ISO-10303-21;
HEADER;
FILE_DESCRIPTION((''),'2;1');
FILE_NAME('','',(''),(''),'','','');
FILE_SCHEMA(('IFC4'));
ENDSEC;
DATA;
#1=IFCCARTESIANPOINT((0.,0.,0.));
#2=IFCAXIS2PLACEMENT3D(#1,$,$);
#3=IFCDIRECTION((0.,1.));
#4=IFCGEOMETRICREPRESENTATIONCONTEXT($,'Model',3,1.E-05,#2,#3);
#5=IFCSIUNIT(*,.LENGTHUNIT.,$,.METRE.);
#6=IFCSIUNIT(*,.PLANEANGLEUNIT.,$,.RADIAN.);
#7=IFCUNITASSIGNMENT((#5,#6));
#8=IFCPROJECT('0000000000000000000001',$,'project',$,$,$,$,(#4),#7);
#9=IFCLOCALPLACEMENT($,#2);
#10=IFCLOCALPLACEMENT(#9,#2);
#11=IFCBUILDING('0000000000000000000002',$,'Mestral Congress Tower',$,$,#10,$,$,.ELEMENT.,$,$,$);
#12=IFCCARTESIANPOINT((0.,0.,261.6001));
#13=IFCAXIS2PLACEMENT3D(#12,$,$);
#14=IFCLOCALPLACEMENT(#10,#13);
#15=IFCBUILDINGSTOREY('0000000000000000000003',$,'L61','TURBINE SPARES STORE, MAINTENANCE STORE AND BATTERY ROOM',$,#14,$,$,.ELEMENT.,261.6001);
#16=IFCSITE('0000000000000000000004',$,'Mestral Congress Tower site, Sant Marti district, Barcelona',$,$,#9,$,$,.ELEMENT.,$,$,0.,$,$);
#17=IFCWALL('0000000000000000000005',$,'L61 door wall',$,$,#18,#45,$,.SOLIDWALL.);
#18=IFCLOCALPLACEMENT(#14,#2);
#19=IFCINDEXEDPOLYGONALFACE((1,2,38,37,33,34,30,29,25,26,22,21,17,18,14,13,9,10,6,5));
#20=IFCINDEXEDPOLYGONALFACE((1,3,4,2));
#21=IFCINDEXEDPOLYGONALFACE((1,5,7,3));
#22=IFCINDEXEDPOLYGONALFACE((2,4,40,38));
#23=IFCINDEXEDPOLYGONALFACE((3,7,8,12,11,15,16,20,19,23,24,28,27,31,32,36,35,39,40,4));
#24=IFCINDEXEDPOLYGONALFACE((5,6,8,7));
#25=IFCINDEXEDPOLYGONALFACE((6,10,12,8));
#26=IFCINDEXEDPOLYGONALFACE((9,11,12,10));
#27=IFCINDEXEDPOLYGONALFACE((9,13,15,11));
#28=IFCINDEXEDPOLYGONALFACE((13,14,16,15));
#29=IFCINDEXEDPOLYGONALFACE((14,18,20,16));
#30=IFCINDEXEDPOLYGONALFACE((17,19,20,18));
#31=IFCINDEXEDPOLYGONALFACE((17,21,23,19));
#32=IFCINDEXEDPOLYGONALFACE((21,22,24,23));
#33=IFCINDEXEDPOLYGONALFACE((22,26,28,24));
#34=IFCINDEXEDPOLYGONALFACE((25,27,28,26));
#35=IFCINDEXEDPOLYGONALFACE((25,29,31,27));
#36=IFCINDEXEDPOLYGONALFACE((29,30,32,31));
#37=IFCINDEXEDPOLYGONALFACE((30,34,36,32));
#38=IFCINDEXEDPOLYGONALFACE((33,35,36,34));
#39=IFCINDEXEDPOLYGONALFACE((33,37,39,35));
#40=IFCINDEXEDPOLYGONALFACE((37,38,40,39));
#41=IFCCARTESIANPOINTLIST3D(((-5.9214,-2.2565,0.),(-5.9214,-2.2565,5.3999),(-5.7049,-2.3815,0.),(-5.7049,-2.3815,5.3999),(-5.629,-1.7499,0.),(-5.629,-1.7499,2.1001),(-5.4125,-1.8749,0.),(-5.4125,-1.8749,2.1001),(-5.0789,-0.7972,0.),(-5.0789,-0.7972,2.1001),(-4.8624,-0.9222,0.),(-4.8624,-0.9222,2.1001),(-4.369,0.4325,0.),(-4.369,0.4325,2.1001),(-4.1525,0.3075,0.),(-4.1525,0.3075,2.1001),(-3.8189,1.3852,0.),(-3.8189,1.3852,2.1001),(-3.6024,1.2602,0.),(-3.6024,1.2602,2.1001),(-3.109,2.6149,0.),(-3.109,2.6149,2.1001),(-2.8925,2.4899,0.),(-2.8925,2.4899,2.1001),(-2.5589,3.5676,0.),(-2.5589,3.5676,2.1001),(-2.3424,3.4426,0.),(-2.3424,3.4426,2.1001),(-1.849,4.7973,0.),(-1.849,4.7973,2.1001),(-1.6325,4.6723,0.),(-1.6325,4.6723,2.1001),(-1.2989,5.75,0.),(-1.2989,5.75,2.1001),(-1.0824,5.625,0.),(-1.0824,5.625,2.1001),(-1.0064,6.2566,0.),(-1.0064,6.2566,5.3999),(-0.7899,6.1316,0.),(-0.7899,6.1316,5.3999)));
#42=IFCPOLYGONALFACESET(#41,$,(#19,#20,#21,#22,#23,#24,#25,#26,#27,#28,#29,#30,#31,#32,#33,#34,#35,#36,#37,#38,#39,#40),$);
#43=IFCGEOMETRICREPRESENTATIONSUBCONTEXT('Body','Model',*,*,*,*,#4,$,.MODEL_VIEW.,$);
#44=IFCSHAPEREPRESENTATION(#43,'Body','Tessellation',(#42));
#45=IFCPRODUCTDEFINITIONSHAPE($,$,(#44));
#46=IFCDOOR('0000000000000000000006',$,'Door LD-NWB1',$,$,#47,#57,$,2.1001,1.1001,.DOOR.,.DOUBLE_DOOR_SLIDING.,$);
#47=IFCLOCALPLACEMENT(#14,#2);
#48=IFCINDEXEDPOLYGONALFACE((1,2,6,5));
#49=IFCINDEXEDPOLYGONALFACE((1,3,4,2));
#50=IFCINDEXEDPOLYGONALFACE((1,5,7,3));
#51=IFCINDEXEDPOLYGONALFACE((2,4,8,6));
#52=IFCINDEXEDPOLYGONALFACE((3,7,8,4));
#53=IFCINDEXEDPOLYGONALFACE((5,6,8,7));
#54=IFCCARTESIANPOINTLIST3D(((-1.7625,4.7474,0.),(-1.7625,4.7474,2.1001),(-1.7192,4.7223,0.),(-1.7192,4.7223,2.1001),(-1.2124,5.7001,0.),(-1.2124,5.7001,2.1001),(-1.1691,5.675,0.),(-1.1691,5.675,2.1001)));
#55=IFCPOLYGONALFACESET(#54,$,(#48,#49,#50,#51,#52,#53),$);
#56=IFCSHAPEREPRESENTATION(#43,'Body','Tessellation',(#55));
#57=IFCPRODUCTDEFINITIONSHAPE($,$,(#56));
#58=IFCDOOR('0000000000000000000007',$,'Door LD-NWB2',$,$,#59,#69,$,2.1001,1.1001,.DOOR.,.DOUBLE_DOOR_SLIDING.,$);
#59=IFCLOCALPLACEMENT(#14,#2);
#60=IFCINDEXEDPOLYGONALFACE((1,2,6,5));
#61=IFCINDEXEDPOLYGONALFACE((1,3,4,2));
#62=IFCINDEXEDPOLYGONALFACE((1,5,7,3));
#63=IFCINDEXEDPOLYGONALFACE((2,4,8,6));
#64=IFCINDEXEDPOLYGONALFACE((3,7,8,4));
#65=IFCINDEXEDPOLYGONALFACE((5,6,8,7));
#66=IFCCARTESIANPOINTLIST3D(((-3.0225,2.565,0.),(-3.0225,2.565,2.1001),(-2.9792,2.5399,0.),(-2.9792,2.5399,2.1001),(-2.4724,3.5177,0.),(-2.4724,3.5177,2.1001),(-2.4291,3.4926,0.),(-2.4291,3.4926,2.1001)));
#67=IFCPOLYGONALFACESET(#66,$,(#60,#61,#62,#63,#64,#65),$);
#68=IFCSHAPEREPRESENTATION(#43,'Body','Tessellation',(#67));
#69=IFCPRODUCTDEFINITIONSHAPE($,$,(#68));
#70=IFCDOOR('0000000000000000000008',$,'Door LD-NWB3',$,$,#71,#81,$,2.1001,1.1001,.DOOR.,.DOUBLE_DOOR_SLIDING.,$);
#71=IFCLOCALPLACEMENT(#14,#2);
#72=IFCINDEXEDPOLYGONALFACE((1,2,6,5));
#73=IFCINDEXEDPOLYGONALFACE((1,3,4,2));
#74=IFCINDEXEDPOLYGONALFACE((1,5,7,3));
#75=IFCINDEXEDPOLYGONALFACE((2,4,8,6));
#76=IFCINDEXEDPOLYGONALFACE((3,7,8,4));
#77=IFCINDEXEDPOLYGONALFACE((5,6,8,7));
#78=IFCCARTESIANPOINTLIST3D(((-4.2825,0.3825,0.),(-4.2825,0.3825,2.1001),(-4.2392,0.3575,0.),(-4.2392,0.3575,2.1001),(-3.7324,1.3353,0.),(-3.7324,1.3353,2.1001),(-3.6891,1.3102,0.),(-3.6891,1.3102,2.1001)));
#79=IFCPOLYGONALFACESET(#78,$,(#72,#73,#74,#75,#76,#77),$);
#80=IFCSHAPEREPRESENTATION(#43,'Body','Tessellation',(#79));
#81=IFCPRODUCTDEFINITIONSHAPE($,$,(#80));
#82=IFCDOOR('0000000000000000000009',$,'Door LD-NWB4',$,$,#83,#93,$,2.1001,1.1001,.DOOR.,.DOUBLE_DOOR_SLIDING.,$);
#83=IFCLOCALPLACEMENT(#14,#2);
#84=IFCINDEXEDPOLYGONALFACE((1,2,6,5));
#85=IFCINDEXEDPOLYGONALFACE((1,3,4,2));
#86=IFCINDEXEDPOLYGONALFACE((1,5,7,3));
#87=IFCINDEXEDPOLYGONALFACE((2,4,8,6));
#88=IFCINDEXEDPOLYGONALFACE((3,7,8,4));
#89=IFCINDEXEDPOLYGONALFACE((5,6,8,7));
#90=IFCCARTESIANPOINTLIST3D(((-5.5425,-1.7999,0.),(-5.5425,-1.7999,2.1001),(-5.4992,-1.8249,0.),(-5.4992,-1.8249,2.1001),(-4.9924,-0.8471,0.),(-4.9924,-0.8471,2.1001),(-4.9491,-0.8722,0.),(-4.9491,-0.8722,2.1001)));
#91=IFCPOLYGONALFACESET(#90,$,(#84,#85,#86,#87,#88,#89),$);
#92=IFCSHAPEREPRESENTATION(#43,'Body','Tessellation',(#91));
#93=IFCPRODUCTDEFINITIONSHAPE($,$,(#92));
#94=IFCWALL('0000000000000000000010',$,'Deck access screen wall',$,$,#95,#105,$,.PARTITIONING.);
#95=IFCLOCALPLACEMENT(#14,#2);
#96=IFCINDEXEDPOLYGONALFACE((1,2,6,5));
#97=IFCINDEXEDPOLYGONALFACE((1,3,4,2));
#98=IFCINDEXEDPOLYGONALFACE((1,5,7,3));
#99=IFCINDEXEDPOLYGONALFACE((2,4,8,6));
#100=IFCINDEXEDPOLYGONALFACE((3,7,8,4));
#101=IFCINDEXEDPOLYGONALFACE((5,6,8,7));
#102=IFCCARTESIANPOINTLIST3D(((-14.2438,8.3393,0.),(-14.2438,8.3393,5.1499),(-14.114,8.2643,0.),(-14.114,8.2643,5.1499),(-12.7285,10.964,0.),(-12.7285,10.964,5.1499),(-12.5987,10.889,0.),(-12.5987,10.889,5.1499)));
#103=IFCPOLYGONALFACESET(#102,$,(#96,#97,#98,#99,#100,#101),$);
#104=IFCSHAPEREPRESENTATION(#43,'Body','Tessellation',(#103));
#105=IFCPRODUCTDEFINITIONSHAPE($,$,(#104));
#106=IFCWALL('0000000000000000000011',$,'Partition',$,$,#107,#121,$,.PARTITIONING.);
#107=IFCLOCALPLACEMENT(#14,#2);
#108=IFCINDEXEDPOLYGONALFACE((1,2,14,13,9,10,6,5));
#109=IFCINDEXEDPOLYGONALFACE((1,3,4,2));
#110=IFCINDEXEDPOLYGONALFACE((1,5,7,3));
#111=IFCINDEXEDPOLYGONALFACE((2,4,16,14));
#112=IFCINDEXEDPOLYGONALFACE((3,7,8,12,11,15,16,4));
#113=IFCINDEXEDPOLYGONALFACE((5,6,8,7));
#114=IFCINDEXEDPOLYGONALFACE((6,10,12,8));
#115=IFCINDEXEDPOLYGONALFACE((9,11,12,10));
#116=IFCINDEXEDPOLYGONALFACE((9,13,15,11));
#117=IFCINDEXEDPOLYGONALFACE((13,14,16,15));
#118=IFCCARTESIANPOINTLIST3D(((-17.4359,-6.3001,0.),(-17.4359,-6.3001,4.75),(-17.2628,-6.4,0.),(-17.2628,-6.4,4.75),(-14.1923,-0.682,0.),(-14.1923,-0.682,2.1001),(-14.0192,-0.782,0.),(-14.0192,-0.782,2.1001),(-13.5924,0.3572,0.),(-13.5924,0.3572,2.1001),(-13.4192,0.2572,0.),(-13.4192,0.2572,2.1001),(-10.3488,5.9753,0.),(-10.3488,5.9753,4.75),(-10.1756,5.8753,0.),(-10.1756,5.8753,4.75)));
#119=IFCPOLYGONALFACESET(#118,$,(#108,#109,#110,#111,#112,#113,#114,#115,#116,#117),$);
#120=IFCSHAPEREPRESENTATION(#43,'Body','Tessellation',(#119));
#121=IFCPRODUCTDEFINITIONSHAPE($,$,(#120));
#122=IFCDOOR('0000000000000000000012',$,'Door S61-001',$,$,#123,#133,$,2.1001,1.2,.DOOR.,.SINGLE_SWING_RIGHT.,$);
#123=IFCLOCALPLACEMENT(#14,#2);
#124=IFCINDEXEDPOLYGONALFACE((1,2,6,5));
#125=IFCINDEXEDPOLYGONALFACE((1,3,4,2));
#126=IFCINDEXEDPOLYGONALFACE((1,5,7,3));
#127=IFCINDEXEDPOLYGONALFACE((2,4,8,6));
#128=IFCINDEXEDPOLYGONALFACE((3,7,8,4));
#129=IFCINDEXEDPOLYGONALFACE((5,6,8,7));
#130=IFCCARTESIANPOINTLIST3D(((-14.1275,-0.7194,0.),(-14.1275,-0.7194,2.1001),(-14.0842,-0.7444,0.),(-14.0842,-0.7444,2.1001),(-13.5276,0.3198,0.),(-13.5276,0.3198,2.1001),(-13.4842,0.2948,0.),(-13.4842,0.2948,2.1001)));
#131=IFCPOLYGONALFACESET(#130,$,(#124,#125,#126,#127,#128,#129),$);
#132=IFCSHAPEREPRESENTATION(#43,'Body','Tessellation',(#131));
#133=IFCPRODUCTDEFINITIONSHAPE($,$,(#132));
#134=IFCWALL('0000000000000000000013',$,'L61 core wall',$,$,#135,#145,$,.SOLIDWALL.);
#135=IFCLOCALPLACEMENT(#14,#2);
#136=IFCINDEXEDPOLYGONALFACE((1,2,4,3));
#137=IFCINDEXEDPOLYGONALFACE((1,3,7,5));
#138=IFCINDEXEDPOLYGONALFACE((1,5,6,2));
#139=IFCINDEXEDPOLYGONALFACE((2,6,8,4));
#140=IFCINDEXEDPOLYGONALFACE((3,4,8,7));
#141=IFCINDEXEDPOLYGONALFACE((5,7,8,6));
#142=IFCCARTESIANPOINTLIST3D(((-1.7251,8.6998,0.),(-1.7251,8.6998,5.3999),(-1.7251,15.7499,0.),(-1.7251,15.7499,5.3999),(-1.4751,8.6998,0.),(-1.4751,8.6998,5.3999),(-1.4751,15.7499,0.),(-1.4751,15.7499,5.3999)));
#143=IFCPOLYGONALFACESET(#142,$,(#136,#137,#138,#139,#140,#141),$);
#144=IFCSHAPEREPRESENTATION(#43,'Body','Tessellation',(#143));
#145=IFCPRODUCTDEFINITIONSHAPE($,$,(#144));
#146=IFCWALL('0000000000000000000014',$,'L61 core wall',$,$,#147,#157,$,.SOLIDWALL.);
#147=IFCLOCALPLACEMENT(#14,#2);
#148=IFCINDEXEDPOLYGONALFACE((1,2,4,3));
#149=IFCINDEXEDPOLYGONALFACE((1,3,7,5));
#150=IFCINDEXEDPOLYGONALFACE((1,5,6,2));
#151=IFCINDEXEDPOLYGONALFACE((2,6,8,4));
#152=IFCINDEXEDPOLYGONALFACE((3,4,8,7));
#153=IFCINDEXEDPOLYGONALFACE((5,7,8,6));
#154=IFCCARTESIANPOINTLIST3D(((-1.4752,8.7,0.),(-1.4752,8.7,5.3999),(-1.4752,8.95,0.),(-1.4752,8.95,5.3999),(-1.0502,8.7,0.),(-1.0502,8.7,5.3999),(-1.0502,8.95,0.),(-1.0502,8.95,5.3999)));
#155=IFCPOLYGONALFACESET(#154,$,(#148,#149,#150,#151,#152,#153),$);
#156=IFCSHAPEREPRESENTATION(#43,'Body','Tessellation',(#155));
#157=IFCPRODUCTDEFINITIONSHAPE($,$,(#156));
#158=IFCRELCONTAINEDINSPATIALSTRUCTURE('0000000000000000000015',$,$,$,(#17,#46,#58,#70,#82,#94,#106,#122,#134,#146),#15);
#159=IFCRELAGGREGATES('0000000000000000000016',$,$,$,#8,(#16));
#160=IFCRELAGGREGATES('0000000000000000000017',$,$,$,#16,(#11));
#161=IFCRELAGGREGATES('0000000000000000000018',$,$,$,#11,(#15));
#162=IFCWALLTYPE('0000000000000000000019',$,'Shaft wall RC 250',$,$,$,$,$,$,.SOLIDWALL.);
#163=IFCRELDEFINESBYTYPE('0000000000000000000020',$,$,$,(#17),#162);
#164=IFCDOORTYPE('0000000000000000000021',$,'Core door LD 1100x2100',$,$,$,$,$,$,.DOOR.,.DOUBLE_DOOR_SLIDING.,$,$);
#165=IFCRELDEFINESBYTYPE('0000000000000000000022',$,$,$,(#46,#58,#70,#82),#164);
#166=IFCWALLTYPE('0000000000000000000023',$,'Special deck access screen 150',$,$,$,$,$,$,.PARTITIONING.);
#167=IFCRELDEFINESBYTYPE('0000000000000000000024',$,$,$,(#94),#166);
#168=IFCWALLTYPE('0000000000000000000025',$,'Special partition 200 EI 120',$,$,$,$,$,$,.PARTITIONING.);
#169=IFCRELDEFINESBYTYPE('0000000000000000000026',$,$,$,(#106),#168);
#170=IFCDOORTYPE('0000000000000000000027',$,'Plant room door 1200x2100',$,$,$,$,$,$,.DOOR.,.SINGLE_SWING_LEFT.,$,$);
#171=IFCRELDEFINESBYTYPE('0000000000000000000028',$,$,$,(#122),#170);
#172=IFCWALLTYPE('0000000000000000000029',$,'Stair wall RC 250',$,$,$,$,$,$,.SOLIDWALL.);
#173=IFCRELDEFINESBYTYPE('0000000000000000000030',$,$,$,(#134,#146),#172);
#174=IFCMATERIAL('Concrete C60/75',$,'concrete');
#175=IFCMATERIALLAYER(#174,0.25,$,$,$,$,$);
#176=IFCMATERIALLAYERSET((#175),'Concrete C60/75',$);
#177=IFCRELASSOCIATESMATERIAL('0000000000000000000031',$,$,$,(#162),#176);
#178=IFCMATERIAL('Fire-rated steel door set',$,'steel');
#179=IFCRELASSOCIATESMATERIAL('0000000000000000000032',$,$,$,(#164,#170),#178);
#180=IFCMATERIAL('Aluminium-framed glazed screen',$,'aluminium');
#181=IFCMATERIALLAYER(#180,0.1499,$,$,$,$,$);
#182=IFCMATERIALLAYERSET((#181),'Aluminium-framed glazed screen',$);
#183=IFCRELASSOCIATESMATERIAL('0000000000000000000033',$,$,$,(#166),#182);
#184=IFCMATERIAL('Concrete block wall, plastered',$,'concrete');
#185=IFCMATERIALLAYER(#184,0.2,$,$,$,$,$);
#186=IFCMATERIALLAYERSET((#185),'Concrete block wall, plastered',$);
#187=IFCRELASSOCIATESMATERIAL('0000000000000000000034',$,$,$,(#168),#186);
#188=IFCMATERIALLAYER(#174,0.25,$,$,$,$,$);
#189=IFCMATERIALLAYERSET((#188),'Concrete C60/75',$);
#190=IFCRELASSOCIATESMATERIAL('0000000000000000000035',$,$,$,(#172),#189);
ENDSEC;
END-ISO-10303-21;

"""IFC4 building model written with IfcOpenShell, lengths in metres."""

from ifc_helpers import new_model, si_unit, direction, frame, frame_2d, origin, place, context, subcontext, project, spatial, rectangle, extrude, material, layer, layer_set, type_object, element, fill, save


model = new_model("IFC4")

# Units and contexts
model_context = context("Model", 3, precision=1e-05, world=origin(), true_north=direction((0.0, 1.0)))
body_context = subcontext(model_context, "Body", "Model", "MODEL_VIEW")
ifc_project = project(units=[si_unit("LENGTHUNIT", "METRE"), si_unit("PLANEANGLEUNIT", "RADIAN")], contexts=[model_context])

# Site, building, storey
site_placement = place(None, origin())
site = spatial("IfcSite", under=ifc_project, at=site_placement, Name="Mestral Congress Tower site, Sant Marti district, Barcelona", CompositionType="ELEMENT", RefElevation=0.0)
building_placement = place(site_placement, origin())
building = spatial("IfcBuilding", under=site, at=building_placement, Name="Mestral Congress Tower", CompositionType="ELEMENT")
storey_placement = place(building_placement, frame((0.0, 0.0, 261.6001)))
storey = spatial("IfcBuildingStorey", under=building, at=storey_placement, Name="L61", Description="TURBINE SPARES STORE, MAINTENANCE STORE AND BATTERY ROOM", CompositionType="ELEMENT", Elevation=261.6001)

# Shared definitions
ifc_material_1 = material(Name="Fire-rated steel door set", Category="steel")

# Shared definitions
ifc_material_2 = material(Name="Concrete C60/75", Category="concrete")
ifc_layer_1 = layer(ifc_material_2, 0.25)
ifc_layer_set_1 = layer_set([ifc_layer_1], Name="Concrete C60/75")
wall_type_1 = type_object("IfcWallType", Name="Shaft wall RC 250", PredefinedType="SOLIDWALL", material=ifc_layer_set_1)

# Wall, openings, doors
wall_1_placement = place(storey_placement, frame((-0.8982, 6.1941, 0.0), z_axis=(0.0, 0.0, 1.0), x_axis=(-0.499996, -0.866028, 0.0)))
wall_1 = element("IfcWall", 1, at=wall_1_placement, inside=storey, type_object=wall_type_1, Name="L61 door wall", PredefinedType="SOLIDWALL", context=body_context, shape_type="SweptSolid", body=[
    extrude(rectangle(XDim=9.8301, YDim=0.25, at=frame_2d((4.915, 0.0))), origin(), (0.0, 0.0, 1.0), 5.3999),
])
opening_1_placement = place(wall_1_placement, frame((0.585, 0.0, 0.0)))
opening_1 = element("IfcOpeningElement", 2, at=opening_1_placement, cuts=wall_1, PredefinedType="OPENING", context=body_context, shape_type="SweptSolid", body=[
    extrude(rectangle(XDim=1.1001, YDim=2.1001, at=frame_2d((0.55, 1.05))), frame((0.0, 0.135, 0.0), z_axis=(0.0, -1.0, 0.0), x_axis=(1.0, 0.0, 0.0)), (0.0, 0.0, 1.0), 0.27),
])
opening_2_placement = place(wall_1_placement, frame((3.105, 0.0, 0.0)))
opening_2 = element("IfcOpeningElement", 3, at=opening_2_placement, cuts=wall_1, PredefinedType="OPENING", context=body_context, shape_type="SweptSolid", body=[
    extrude(rectangle(XDim=1.1001, YDim=2.1001, at=frame_2d((0.55, 1.05))), frame((0.0, 0.135, 0.0), z_axis=(0.0, -1.0, 0.0), x_axis=(1.0, 0.0, 0.0)), (0.0, 0.0, 1.0), 0.27),
])
opening_3_placement = place(wall_1_placement, frame((5.625, 0.0, 0.0)))
opening_3 = element("IfcOpeningElement", 4, at=opening_3_placement, cuts=wall_1, PredefinedType="OPENING", context=body_context, shape_type="SweptSolid", body=[
    extrude(rectangle(XDim=1.1001, YDim=2.1001, at=frame_2d((0.55, 1.05))), frame((0.0, 0.135, 0.0), z_axis=(0.0, -1.0, 0.0), x_axis=(1.0, 0.0, 0.0)), (0.0, 0.0, 1.0), 0.27),
])
opening_4_placement = place(wall_1_placement, frame((8.145, 0.0, 0.0)))
opening_4 = element("IfcOpeningElement", 5, at=opening_4_placement, cuts=wall_1, PredefinedType="OPENING", context=body_context, shape_type="SweptSolid", body=[
    extrude(rectangle(XDim=1.1001, YDim=2.1001, at=frame_2d((0.55, 1.05))), frame((0.0, 0.135, 0.0), z_axis=(0.0, -1.0, 0.0), x_axis=(1.0, 0.0, 0.0)), (0.0, 0.0, 1.0), 0.27),
])
door_type_1 = type_object("IfcDoorType", Name="Core door LD 1100x2100", OperationType="DOUBLE_DOOR_SLIDING", PredefinedType="DOOR", material=ifc_material_1)
door_1_placement = place(opening_1_placement, origin())
door_1 = element("IfcDoor", 6, at=door_1_placement, inside=storey, type_object=door_type_1, Name="Door LD-NWB1", OperationType="DOUBLE_DOOR_SLIDING", OverallHeight=2.1001, OverallWidth=1.1001, PredefinedType="DOOR", context=body_context, shape_type="SweptSolid", body=[
    extrude(rectangle(XDim=1.1001, YDim=2.1001, at=frame_2d((0.55, 1.05))), frame((0.0, 0.0249, 0.0), z_axis=(0.0, -1.0, 0.0), x_axis=(1.0, 0.0, 0.0)), (0.0, 0.0, 1.0), 0.05),
])
fill(opening_1, door_1)
door_2_placement = place(opening_2_placement, origin())
door_2 = element("IfcDoor", 7, at=door_2_placement, inside=storey, type_object=door_type_1, Name="Door LD-NWB2", OperationType="DOUBLE_DOOR_SLIDING", OverallHeight=2.1001, OverallWidth=1.1001, PredefinedType="DOOR", context=body_context, shape_type="SweptSolid", body=[
    extrude(rectangle(XDim=1.1001, YDim=2.1001, at=frame_2d((0.55, 1.05))), frame((0.0, 0.0249, 0.0), z_axis=(0.0, -1.0, 0.0), x_axis=(1.0, 0.0, 0.0)), (0.0, 0.0, 1.0), 0.05),
])
fill(opening_2, door_2)
door_3_placement = place(opening_3_placement, origin())
door_3 = element("IfcDoor", 8, at=door_3_placement, inside=storey, type_object=door_type_1, Name="Door LD-NWB3", OperationType="DOUBLE_DOOR_SLIDING", OverallHeight=2.1001, OverallWidth=1.1001, PredefinedType="DOOR", context=body_context, shape_type="SweptSolid", body=[
    extrude(rectangle(XDim=1.1001, YDim=2.1001, at=frame_2d((0.55, 1.05))), frame((0.0, 0.0249, 0.0), z_axis=(0.0, -1.0, 0.0), x_axis=(1.0, 0.0, 0.0)), (0.0, 0.0, 1.0), 0.05),
])
fill(opening_3, door_3)
door_4_placement = place(opening_4_placement, origin())
door_4 = element("IfcDoor", 9, at=door_4_placement, inside=storey, type_object=door_type_1, Name="Door LD-NWB4", OperationType="DOUBLE_DOOR_SLIDING", OverallHeight=2.1001, OverallWidth=1.1001, PredefinedType="DOOR", context=body_context, shape_type="SweptSolid", body=[
    extrude(rectangle(XDim=1.1001, YDim=2.1001, at=frame_2d((0.55, 1.05))), frame((0.0, 0.0249, 0.0), z_axis=(0.0, -1.0, 0.0), x_axis=(1.0, 0.0, 0.0)), (0.0, 0.0, 1.0), 0.05),
])
fill(opening_4, door_4)

# Wall
ifc_material_3 = material(Name="Aluminium-framed glazed screen", Category="aluminium")
ifc_layer_2 = layer(ifc_material_3, 0.1499)
ifc_layer_set_2 = layer_set([ifc_layer_2], Name="Aluminium-framed glazed screen")
wall_type_2 = type_object("IfcWallType", Name="Special deck access screen 150", PredefinedType="PARTITIONING", material=ifc_layer_set_2)
wall_2_placement = place(storey_placement, frame((-12.6636, 10.9265, 0.0), z_axis=(0.0, 0.0, 1.0), x_axis=(-0.499994, -0.866029, 0.0)))
element("IfcWall", 10, at=wall_2_placement, inside=storey, type_object=wall_type_2, Name="Deck access screen wall", PredefinedType="PARTITIONING", context=body_context, shape_type="SweptSolid", body=[
    extrude(rectangle(XDim=3.0308, YDim=0.1499, at=frame_2d((1.5154, 0.0))), origin(), (0.0, 0.0, 1.0), 5.1499),
])

# Wall, opening, door
ifc_material_4 = material(Name="Concrete block wall, plastered", Category="concrete")
ifc_layer_3 = layer(ifc_material_4, 0.2)
ifc_layer_set_3 = layer_set([ifc_layer_3], Name="Concrete block wall, plastered")
wall_type_3 = type_object("IfcWallType", Name="Special partition 200 EI 120", PredefinedType="PARTITIONING", material=ifc_layer_set_3)
wall_3_placement = place(storey_placement, frame((-10.2622, 5.9253, 0.0), z_axis=(0.0, 0.0, 1.0), x_axis=(-0.499998, -0.866027, 0.0)))
wall_3 = element("IfcWall", 11, at=wall_3_placement, inside=storey, type_object=wall_type_3, Name="Partition", PredefinedType="PARTITIONING", context=body_context, shape_type="SweptSolid", body=[
    extrude(rectangle(XDim=14.1743, YDim=0.2, at=frame_2d((7.0872, 0.0))), origin(), (0.0, 0.0, 1.0), 4.75),
])
opening_5_placement = place(wall_3_placement, frame((6.4871, 0.0, 0.0)))
opening_5 = element("IfcOpeningElement", 12, at=opening_5_placement, cuts=wall_3, PredefinedType="OPENING", context=body_context, shape_type="SweptSolid", body=[
    extrude(rectangle(XDim=1.2, YDim=2.1001, at=frame_2d((0.6001, 1.05))), frame((0.0, 0.1099, 0.0), z_axis=(0.0, -1.0, 0.0), x_axis=(1.0, 0.0, 0.0)), (0.0, 0.0, 1.0), 0.22),
])
door_type_2 = type_object("IfcDoorType", Name="Plant room door 1200x2100", OperationType="SINGLE_SWING_LEFT", PredefinedType="DOOR", material=ifc_material_1)
door_5_placement = place(opening_5_placement, origin())
door_5 = element("IfcDoor", 13, at=door_5_placement, inside=storey, type_object=door_type_2, Name="Door S61-001", OperationType="SINGLE_SWING_RIGHT", OverallHeight=2.1001, OverallWidth=1.2, PredefinedType="DOOR", context=body_context, shape_type="SweptSolid", body=[
    extrude(rectangle(XDim=1.2, YDim=2.1001, at=frame_2d((0.6001, 1.05))), frame((0.0, 0.0249, 0.0), z_axis=(0.0, -1.0, 0.0), x_axis=(1.0, 0.0, 0.0)), (0.0, 0.0, 1.0), 0.05),
])
fill(opening_5, door_5)

# Walls
ifc_layer_4 = layer(ifc_material_2, 0.25)
ifc_layer_set_4 = layer_set([ifc_layer_4], Name="Concrete C60/75")
wall_type_4 = type_object("IfcWallType", Name="Stair wall RC 250", PredefinedType="SOLIDWALL", material=ifc_layer_set_4)
wall_4_placement = place(storey_placement, frame((-1.6001, 8.7, 0.0), z_axis=(0.0, 0.0, 1.0), x_axis=(0.0, 1.0, 0.0)))
element("IfcWall", 14, at=wall_4_placement, inside=storey, type_object=wall_type_4, Name="L61 core wall", PredefinedType="SOLIDWALL", context=body_context, shape_type="SweptSolid", body=[
    extrude(rectangle(XDim=7.05, YDim=0.25, at=frame_2d((3.5249, 0.0))), origin(), (0.0, 0.0, 1.0), 5.3999),
])
wall_5_placement = place(storey_placement, frame((-1.4751, 8.825, 0.0), z_axis=(0.0, 0.0, 1.0), x_axis=(1.0, 0.0, 0.0)))
element("IfcWall", 15, at=wall_5_placement, inside=storey, type_object=wall_type_4, Name="L61 core wall", PredefinedType="SOLIDWALL", context=body_context, shape_type="SweptSolid", body=[
    extrude(rectangle(XDim=0.425, YDim=0.25, at=frame_2d((0.2124, 0.0))), origin(), (0.0, 0.0, 1.0), 5.3999),
])

save(model, "model.ifc")
